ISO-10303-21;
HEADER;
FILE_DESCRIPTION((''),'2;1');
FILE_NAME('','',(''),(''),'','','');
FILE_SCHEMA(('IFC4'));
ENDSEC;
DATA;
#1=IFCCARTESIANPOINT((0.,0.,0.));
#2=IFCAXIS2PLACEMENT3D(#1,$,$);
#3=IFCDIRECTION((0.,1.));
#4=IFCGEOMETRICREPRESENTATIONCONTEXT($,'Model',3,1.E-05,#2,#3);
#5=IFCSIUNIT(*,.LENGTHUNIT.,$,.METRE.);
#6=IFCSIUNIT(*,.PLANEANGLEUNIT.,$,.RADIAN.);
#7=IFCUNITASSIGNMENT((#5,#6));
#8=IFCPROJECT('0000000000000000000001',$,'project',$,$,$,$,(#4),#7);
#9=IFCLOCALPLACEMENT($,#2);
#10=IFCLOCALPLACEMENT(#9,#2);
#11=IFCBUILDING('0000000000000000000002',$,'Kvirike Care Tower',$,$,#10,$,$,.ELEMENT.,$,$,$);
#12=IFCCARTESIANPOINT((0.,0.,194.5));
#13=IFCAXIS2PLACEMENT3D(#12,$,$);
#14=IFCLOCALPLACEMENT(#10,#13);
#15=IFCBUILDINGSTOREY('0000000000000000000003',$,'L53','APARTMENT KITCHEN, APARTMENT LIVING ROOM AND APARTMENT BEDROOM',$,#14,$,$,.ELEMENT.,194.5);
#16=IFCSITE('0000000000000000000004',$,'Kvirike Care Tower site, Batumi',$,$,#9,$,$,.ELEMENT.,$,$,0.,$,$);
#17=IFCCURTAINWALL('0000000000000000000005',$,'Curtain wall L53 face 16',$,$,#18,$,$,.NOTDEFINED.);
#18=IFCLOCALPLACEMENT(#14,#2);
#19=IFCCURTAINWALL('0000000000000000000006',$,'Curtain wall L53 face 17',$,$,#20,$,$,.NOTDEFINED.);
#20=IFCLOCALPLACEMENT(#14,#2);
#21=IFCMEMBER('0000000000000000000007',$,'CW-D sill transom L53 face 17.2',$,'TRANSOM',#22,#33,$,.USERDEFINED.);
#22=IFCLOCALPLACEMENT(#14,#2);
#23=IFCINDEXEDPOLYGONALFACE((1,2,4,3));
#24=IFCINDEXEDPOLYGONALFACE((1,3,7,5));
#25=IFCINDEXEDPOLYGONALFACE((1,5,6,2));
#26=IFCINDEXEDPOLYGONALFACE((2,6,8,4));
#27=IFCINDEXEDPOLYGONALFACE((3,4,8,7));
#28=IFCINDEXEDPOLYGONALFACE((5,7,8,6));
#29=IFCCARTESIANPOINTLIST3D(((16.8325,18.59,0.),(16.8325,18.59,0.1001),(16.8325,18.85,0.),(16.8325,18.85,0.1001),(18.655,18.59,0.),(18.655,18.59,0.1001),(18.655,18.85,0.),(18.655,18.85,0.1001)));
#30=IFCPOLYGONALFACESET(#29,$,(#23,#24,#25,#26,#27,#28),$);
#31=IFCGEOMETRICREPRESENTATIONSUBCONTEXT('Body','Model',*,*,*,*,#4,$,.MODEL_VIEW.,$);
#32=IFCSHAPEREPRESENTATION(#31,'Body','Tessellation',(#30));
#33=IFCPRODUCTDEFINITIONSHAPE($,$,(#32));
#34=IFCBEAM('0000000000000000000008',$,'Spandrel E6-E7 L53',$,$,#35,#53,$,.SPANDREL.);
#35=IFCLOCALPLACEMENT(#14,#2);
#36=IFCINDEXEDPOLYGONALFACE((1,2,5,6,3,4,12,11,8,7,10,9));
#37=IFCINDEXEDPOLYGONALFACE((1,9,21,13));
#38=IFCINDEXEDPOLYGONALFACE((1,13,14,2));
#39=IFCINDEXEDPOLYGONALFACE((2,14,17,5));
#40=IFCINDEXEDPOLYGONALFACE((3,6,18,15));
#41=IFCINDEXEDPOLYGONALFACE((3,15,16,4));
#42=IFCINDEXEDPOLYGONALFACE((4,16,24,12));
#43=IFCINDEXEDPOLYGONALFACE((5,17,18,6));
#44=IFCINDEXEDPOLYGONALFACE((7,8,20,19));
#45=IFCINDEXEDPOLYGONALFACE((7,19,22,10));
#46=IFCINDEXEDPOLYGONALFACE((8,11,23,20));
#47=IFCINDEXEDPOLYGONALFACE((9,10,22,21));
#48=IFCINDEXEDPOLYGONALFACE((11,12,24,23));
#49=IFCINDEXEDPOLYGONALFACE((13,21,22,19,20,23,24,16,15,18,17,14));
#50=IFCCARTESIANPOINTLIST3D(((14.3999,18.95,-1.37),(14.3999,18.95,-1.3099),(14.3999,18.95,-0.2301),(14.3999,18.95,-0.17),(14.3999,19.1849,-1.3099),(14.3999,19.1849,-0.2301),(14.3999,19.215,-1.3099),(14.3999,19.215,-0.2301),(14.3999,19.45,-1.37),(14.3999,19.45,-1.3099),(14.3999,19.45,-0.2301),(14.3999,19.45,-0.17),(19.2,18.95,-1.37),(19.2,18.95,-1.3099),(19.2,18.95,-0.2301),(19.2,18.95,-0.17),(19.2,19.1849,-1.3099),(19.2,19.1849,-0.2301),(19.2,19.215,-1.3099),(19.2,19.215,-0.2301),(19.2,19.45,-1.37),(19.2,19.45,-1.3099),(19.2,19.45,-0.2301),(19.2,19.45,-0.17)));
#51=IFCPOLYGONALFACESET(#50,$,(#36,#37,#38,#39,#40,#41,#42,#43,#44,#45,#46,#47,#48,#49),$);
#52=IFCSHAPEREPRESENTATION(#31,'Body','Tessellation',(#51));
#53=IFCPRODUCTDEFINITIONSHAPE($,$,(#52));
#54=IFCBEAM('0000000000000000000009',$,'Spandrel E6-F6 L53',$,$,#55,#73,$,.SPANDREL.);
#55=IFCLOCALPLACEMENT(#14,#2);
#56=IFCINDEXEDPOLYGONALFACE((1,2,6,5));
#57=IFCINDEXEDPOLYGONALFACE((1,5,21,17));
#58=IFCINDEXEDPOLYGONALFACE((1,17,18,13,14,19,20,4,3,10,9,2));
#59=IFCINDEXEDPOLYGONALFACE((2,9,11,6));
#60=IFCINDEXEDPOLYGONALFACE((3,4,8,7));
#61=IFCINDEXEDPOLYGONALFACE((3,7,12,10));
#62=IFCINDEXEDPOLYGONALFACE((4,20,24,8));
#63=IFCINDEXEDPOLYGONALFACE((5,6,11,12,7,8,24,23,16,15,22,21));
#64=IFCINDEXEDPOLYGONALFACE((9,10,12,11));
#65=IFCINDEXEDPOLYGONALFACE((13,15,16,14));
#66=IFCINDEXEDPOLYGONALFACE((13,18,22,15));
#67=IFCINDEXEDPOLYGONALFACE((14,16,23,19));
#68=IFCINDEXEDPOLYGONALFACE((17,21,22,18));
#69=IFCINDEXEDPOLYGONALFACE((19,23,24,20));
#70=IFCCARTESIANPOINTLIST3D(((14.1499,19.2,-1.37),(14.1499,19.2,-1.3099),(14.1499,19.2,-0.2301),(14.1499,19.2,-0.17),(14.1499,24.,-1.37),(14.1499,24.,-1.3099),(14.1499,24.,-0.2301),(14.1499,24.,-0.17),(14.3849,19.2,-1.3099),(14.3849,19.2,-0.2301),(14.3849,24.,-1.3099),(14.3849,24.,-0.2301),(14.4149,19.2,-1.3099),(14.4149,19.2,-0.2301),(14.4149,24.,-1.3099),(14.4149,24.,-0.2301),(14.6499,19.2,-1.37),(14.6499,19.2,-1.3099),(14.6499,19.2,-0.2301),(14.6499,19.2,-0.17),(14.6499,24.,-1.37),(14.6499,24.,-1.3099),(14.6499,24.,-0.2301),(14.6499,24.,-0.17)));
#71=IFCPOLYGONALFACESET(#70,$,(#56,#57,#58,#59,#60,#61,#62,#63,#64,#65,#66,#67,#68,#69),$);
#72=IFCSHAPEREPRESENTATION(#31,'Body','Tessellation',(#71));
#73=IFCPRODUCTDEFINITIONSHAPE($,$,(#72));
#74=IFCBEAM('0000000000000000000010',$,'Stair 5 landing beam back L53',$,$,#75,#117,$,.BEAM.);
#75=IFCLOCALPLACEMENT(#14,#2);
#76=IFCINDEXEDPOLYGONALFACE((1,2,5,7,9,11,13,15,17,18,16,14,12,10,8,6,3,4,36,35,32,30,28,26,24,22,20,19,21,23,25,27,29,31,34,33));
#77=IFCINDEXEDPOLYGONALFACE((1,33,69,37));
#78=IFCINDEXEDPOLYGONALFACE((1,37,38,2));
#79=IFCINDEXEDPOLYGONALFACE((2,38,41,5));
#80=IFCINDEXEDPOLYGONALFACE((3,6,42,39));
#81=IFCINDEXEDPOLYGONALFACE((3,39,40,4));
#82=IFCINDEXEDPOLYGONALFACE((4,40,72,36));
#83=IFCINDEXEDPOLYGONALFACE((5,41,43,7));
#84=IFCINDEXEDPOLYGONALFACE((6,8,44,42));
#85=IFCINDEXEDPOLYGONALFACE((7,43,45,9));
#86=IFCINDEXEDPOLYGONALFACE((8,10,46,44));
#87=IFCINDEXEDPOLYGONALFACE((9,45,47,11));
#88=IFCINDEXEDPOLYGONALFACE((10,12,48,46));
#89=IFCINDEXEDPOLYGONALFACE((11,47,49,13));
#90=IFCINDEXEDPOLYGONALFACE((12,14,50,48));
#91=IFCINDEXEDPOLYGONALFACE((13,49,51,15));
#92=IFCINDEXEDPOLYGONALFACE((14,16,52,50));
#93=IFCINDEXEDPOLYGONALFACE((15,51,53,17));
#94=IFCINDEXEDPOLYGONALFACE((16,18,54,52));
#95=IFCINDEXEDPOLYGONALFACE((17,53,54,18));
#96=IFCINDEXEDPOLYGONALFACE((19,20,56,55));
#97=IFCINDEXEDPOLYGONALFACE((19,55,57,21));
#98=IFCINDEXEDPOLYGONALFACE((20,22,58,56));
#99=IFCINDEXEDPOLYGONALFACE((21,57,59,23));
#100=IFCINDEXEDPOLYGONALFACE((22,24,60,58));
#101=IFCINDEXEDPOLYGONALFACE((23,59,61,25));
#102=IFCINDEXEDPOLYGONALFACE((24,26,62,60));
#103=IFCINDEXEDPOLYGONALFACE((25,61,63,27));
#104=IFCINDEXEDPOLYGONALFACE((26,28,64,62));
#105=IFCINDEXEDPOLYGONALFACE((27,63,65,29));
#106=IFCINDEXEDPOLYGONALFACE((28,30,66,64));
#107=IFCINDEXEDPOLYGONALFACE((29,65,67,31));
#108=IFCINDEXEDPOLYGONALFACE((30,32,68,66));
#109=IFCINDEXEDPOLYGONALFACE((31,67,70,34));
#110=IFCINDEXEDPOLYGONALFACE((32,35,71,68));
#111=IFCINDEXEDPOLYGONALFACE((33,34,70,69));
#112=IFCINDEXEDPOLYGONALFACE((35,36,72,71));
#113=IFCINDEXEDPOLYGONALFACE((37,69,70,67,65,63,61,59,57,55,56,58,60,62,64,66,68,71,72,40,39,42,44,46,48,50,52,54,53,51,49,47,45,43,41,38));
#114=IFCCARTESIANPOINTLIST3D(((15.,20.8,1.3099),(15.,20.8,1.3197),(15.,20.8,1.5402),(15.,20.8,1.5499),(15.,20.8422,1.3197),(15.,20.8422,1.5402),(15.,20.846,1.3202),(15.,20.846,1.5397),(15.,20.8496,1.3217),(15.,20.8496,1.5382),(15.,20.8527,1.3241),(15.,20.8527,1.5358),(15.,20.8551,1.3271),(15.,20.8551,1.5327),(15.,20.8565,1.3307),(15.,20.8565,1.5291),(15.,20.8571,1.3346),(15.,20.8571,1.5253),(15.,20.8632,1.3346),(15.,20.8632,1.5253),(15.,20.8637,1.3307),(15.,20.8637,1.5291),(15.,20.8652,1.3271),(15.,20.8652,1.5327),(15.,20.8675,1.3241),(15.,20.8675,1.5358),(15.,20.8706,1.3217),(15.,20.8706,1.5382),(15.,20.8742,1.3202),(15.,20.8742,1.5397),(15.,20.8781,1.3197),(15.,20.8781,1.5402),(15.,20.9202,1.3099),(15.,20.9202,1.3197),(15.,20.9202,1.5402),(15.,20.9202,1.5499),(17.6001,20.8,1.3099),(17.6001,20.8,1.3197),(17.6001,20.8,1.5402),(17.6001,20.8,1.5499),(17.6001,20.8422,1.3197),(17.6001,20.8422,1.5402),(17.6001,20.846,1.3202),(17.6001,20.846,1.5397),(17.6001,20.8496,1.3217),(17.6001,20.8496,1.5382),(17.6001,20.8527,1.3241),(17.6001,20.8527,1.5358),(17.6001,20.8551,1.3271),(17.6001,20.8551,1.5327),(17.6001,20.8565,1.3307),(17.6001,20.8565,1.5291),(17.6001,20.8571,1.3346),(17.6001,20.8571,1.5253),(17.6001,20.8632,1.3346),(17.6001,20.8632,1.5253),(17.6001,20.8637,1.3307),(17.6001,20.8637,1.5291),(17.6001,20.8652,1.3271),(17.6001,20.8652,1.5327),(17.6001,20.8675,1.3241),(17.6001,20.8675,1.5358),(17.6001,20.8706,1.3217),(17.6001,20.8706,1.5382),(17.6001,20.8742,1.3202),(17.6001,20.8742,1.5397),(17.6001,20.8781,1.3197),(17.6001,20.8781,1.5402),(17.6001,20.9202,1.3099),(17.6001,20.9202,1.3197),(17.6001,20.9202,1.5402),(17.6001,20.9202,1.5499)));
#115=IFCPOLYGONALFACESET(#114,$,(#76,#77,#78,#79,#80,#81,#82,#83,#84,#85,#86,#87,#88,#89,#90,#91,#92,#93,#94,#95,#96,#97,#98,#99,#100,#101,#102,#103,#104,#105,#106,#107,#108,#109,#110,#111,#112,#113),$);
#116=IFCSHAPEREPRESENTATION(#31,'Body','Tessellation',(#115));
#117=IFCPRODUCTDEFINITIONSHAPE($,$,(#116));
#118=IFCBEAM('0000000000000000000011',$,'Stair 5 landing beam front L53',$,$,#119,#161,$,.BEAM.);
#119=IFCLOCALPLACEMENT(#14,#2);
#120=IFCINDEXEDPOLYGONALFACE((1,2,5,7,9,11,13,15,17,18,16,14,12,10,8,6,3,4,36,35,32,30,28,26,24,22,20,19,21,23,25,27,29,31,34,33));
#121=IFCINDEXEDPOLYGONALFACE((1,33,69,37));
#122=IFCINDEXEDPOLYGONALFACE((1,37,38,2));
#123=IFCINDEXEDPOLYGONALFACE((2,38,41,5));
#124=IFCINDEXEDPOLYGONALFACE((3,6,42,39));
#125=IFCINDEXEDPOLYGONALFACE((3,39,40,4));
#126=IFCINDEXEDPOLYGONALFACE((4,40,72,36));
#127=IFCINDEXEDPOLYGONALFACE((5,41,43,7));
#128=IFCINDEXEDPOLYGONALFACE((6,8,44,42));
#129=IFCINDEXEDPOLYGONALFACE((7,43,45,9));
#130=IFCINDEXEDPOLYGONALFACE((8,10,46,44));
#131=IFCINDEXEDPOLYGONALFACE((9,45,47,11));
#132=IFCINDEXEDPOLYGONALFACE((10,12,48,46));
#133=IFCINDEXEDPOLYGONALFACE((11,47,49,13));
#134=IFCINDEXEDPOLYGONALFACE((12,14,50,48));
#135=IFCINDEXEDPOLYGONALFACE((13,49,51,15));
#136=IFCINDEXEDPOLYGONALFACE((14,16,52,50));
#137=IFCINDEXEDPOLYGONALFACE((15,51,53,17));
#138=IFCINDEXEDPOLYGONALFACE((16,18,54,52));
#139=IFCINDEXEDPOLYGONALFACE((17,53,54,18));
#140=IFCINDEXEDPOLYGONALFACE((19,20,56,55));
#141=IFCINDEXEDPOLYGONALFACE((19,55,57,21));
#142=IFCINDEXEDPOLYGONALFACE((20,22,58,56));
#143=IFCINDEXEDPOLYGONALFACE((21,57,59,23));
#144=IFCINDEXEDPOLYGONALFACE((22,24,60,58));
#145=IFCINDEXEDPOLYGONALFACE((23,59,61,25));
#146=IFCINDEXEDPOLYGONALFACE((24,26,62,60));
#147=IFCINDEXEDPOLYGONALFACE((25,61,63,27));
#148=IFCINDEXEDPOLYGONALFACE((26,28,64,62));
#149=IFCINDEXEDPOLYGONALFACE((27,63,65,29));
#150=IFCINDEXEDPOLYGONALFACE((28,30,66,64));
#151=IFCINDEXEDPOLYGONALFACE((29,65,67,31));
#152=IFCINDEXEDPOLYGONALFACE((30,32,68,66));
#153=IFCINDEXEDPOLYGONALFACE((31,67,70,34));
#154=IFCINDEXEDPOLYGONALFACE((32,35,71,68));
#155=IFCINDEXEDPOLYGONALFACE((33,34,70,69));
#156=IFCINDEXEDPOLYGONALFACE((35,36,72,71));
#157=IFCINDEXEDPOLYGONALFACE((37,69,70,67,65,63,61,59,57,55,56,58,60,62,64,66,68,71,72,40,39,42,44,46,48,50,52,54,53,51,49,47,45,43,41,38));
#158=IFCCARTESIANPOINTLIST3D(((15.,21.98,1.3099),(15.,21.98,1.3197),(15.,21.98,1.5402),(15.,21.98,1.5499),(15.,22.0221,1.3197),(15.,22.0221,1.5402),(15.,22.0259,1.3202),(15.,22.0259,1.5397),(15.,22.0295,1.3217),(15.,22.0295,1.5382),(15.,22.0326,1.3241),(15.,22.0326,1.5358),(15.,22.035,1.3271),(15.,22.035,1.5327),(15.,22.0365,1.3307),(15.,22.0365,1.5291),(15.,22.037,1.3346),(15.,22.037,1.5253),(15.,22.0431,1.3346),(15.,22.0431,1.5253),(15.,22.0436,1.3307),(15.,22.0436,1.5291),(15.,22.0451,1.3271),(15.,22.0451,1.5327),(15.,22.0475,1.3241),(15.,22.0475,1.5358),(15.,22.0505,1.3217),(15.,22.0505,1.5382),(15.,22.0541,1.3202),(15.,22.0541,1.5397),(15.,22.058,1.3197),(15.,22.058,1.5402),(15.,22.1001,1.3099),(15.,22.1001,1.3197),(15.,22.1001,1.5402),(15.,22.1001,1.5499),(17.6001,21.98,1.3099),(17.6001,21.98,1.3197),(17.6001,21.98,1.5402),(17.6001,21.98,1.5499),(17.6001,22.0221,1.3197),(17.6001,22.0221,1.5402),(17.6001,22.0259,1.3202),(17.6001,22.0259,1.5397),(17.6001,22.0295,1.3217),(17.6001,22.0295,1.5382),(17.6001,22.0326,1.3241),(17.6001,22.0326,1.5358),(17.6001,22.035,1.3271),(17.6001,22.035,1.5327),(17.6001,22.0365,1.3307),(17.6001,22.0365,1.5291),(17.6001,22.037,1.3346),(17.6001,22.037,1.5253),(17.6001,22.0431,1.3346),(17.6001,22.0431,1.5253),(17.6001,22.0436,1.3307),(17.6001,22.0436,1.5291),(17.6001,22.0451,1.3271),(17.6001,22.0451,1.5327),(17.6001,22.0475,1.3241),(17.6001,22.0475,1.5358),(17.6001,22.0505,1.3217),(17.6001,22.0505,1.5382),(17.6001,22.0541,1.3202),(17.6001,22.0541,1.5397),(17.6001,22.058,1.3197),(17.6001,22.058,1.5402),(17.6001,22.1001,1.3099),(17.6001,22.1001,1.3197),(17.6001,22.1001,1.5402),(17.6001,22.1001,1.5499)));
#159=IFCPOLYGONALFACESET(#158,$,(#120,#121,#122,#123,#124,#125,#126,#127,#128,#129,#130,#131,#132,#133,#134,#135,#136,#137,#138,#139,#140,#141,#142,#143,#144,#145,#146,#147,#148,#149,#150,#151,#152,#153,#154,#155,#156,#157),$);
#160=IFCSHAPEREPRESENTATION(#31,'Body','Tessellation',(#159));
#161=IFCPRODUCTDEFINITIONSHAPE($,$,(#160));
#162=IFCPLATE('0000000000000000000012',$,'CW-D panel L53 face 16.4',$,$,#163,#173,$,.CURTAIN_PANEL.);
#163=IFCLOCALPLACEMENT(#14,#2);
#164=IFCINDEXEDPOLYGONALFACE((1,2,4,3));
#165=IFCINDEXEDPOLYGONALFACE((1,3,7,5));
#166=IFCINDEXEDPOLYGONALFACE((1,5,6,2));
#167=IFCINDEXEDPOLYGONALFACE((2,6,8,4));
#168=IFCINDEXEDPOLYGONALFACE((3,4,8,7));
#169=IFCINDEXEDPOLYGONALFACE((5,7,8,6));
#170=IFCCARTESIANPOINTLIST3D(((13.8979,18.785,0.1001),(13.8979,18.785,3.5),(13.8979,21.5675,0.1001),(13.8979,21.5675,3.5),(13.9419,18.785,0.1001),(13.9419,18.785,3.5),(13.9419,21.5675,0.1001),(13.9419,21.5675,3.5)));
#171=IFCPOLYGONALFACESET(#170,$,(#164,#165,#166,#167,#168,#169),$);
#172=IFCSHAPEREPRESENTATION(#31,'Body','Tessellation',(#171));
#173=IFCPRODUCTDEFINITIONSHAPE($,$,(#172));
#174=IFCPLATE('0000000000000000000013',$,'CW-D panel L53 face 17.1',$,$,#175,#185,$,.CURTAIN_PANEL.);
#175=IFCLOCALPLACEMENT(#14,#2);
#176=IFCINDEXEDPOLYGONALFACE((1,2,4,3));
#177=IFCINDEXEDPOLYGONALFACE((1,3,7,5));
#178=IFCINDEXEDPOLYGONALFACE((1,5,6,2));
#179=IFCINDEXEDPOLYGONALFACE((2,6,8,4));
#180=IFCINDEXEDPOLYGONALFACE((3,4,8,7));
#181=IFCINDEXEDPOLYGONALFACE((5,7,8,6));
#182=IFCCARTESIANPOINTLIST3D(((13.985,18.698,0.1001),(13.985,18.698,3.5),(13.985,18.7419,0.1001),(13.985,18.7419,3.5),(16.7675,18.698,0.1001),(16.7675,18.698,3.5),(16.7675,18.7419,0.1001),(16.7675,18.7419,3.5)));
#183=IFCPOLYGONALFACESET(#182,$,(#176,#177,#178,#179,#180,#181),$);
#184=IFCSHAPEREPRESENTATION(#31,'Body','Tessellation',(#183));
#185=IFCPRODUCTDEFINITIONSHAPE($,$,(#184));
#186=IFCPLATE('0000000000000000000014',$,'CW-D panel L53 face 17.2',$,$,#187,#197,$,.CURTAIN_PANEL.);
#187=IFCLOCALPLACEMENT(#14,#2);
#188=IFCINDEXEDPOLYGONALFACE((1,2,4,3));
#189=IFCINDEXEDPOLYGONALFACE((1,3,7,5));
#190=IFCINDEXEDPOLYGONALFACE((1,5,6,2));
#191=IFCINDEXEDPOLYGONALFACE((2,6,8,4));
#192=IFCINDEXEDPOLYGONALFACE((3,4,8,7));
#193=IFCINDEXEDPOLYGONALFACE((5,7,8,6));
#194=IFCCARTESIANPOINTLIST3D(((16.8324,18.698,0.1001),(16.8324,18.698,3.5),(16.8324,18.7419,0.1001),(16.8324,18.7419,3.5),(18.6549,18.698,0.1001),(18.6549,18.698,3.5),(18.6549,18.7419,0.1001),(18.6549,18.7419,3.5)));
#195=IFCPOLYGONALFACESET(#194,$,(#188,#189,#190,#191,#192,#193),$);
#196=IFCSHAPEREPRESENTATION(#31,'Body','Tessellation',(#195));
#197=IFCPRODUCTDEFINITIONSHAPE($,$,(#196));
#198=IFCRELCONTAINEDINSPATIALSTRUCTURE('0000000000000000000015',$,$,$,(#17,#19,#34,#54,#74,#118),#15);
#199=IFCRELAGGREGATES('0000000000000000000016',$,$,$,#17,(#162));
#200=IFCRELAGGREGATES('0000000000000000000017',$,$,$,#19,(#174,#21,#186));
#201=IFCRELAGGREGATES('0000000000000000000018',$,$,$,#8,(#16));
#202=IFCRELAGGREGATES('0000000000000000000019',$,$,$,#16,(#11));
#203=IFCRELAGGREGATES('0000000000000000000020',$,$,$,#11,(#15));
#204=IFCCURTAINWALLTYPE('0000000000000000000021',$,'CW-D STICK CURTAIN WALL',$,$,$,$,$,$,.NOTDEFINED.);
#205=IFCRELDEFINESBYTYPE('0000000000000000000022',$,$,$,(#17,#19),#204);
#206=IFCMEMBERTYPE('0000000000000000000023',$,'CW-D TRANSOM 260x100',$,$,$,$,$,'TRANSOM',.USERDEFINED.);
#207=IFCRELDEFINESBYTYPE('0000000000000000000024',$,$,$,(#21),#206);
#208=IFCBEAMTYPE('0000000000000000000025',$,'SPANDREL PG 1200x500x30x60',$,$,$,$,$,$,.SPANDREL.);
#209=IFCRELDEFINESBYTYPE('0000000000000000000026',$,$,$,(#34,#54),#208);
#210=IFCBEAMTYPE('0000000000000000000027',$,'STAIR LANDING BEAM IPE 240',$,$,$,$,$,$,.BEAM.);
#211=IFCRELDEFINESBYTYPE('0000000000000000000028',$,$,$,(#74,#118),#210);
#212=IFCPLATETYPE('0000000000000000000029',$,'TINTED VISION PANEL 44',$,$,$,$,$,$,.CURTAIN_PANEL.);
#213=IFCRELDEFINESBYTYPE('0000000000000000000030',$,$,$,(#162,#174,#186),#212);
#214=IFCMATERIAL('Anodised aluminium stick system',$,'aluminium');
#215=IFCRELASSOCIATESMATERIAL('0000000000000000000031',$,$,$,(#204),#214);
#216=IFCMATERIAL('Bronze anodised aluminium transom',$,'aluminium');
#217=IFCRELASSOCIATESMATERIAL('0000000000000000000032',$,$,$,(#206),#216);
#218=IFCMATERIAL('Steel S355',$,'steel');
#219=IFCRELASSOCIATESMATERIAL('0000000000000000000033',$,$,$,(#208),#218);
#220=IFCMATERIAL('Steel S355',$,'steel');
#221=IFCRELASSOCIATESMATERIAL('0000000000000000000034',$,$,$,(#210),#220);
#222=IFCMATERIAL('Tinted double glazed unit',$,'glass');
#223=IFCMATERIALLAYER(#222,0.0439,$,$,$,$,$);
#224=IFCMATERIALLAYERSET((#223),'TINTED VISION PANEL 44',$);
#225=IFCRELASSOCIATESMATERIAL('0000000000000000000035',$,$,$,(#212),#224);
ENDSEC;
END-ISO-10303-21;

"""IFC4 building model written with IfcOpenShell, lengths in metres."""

from ifc_helpers import new_model, si_unit, direction, frame, origin, origin_2d, place, context, subcontext, project, spatial, rectangle, i_section, extrude, material, layer, layer_set, material_profile, profile_set, type_object, element, aggregate, save


model = new_model("IFC4")

# Units and contexts
model_context = context("Model", 3, precision=1e-05, world=origin(), true_north=direction((0.0, 1.0)))
body_context = subcontext(model_context, "Body", "Model", "MODEL_VIEW")
ifc_project = project(units=[si_unit("LENGTHUNIT", "METRE"), si_unit("PLANEANGLEUNIT", "RADIAN")], contexts=[model_context])

# Site, building, storey
site_placement = place(None, origin())
site = spatial("IfcSite", under=ifc_project, at=site_placement, Name="Kvirike Care Tower site, Batumi", CompositionType="ELEMENT", RefElevation=0.0)
building_placement = place(site_placement, origin())
building = spatial("IfcBuilding", under=site, at=building_placement, Name="Kvirike Care Tower", CompositionType="ELEMENT")
storey_placement = place(building_placement, frame((0.0, 0.0, 194.5)))
storey = spatial("IfcBuildingStorey", under=building, at=storey_placement, Name="L53", Description="APARTMENT KITCHEN, APARTMENT LIVING ROOM AND APARTMENT BEDROOM", CompositionType="ELEMENT", Elevation=194.5)

# Curtain walls
ifc_material_1 = material(Name="Anodised aluminium stick system", Category="aluminium")
curtain_wall_type = type_object("IfcCurtainWallType", Name="CW-D STICK CURTAIN WALL", PredefinedType="NOTDEFINED", material=ifc_material_1)
curtain_wall_1_placement = place(storey_placement, origin())
curtain_wall_1 = element("IfcCurtainWall", 1, at=curtain_wall_1_placement, inside=storey, type_object=curtain_wall_type, Name="Curtain wall L53 face 16", PredefinedType="NOTDEFINED")
curtain_wall_2_placement = place(storey_placement, origin())
curtain_wall_2 = element("IfcCurtainWall", 2, at=curtain_wall_2_placement, inside=storey, type_object=curtain_wall_type, Name="Curtain wall L53 face 17", PredefinedType="NOTDEFINED")

# Member
ifc_material_2 = material(Name="Bronze anodised aluminium transom", Category="aluminium")
ifc_material_profile_1 = material_profile(ifc_material_2, rectangle(XDim=0.26, YDim=0.1001, at=origin_2d()), Name="CW-D TRANSOM 260x100")
ifc_profile_set_1 = profile_set([ifc_material_profile_1], Name="Bronze anodised aluminium transom")
member_type_1 = type_object("IfcMemberType", Name="CW-D TRANSOM 260x100", ElementType="TRANSOM", PredefinedType="USERDEFINED", material=ifc_profile_set_1)
member_1_placement = place(storey_placement, frame((16.8325, 18.72, 0.05), z_axis=(1.0, 0.0, 0.0), x_axis=(0.0, 1.0, 0.0)))
member_1 = element("IfcMember", 3, at=member_1_placement, type_object=member_type_1, Name="CW-D sill transom L53 face 17.2", ObjectType="TRANSOM", PredefinedType="USERDEFINED", context=body_context, shape_type="SweptSolid", body=[
    extrude(rectangle(XDim=0.26, YDim=0.1001, at=origin_2d()), origin(), (0.0, 0.0, 1.0), 1.8225),
])

# Beams
ifc_material_3 = material(Name="Steel S355", Category="steel")
ifc_material_profile_2 = material_profile(ifc_material_3, i_section(OverallWidth=0.5, OverallDepth=1.2, WebThickness=0.03, FlangeThickness=0.0601, at=origin_2d()), Name="PG 1200x500x30x60")
ifc_profile_set_2 = profile_set([ifc_material_profile_2], Name="Steel S355")
beam_type_1 = type_object("IfcBeamType", Name="SPANDREL PG 1200x500x30x60", PredefinedType="SPANDREL", material=ifc_profile_set_2)
for number, where, z_axis, x_axis, name in (
    (4, (14.3999, 19.2, -0.77), (1.0, 0.0, 0.0), (0.0, 1.0, 0.0), "Spandrel E6-E7 L53"),
    (5, (14.3999, 19.2, -0.77), (0.0, 1.0, 0.0), (-1.0, 0.0, 0.0), "Spandrel E6-F6 L53"),
):
    element("IfcBeam", number, at=place(storey_placement, frame(where, z_axis=z_axis, x_axis=x_axis)), inside=storey, type_object=beam_type_1, Name=name, PredefinedType="SPANDREL", context=body_context, shape_type="SweptSolid", body=[
        extrude(i_section(OverallWidth=0.5, OverallDepth=1.2, WebThickness=0.03, FlangeThickness=0.0601, at=origin_2d()), origin(), (0.0, 0.0, 1.0), 4.8),
    ])
ifc_material_4 = material(Name="Steel S355", Category="steel")
ifc_material_profile_3 = material_profile(ifc_material_4, i_section(OverallWidth=0.1201, OverallDepth=0.24, WebThickness=0.0061, FlangeThickness=0.0098, FilletRadius=0.0149, at=origin_2d()), Name="IPE 240")
ifc_profile_set_3 = profile_set([ifc_material_profile_3], Name="Steel S355")
beam_type_2 = type_object("IfcBeamType", Name="STAIR LANDING BEAM IPE 240", PredefinedType="BEAM", material=ifc_profile_set_3)
for number, where, z_axis, x_axis, name in (
    (6, (15.0, 20.8601, 1.4299), (1.0, 0.0, 0.0), (0.0, 1.0, 0.0), "Stair 5 landing beam back L53"),
    (7, (15.0, 22.04, 1.4299), (1.0, 0.0, 0.0), (0.0, 1.0, 0.0), "Stair 5 landing beam front L53"),
):
    element("IfcBeam", number, at=place(storey_placement, frame(where, z_axis=z_axis, x_axis=x_axis)), inside=storey, type_object=beam_type_2, Name=name, PredefinedType="BEAM", context=body_context, shape_type="SweptSolid", body=[
        extrude(i_section(OverallWidth=0.1201, OverallDepth=0.24, WebThickness=0.0061, FlangeThickness=0.0098, FilletRadius=0.0149, at=origin_2d()), origin(), (0.0, 0.0, 1.0), 2.6001),
    ])

# Plates
ifc_material_5 = material(Name="Tinted double glazed unit", Category="glass")
ifc_layer_1 = layer(ifc_material_5, 0.0439)
ifc_layer_set_1 = layer_set([ifc_layer_1], Name="TINTED VISION PANEL 44")
plate_type = type_object("IfcPlateType", Name="TINTED VISION PANEL 44", PredefinedType="CURTAIN_PANEL", material=ifc_layer_set_1)
plate_1_placement = place(storey_placement, frame((13.9199, 20.1763, 0.1001), z_axis=(0.0, 0.0, 1.0), x_axis=(0.0, -1.0, 0.0)))
plate_1 = element("IfcPlate", 8, at=plate_1_placement, type_object=plate_type, Name="CW-D panel L53 face 16.4", PredefinedType="CURTAIN_PANEL", context=body_context, shape_type="SweptSolid", body=[
    extrude(rectangle(XDim=2.7825, YDim=0.0439, at=origin_2d()), origin(), (0.0, 0.0, 1.0), 3.3999),
])
aggregate(curtain_wall_1, [plate_1])
plate_2_placement = place(storey_placement, frame((15.3762, 18.72, 0.1001), z_axis=(0.0, 0.0, 1.0), x_axis=(1.0, 0.0, 0.0)))
plate_2 = element("IfcPlate", 9, at=plate_2_placement, type_object=plate_type, Name="CW-D panel L53 face 17.1", PredefinedType="CURTAIN_PANEL", context=body_context, shape_type="SweptSolid", body=[
    extrude(rectangle(XDim=2.7825, YDim=0.0439, at=origin_2d()), origin(), (0.0, 0.0, 1.0), 3.3999),
])
plate_3_placement = place(storey_placement, frame((17.7437, 18.72, 0.1001), z_axis=(0.0, 0.0, 1.0), x_axis=(1.0, 0.0, 0.0)))
plate_3 = element("IfcPlate", 10, at=plate_3_placement, type_object=plate_type, Name="CW-D panel L53 face 17.2", PredefinedType="CURTAIN_PANEL", context=body_context, shape_type="SweptSolid", body=[
    extrude(rectangle(XDim=1.8225, YDim=0.0439, at=origin_2d()), origin(), (0.0, 0.0, 1.0), 3.3999),
])
aggregate(curtain_wall_2, [plate_2, member_1, plate_3])

save(model, "model.ifc")
